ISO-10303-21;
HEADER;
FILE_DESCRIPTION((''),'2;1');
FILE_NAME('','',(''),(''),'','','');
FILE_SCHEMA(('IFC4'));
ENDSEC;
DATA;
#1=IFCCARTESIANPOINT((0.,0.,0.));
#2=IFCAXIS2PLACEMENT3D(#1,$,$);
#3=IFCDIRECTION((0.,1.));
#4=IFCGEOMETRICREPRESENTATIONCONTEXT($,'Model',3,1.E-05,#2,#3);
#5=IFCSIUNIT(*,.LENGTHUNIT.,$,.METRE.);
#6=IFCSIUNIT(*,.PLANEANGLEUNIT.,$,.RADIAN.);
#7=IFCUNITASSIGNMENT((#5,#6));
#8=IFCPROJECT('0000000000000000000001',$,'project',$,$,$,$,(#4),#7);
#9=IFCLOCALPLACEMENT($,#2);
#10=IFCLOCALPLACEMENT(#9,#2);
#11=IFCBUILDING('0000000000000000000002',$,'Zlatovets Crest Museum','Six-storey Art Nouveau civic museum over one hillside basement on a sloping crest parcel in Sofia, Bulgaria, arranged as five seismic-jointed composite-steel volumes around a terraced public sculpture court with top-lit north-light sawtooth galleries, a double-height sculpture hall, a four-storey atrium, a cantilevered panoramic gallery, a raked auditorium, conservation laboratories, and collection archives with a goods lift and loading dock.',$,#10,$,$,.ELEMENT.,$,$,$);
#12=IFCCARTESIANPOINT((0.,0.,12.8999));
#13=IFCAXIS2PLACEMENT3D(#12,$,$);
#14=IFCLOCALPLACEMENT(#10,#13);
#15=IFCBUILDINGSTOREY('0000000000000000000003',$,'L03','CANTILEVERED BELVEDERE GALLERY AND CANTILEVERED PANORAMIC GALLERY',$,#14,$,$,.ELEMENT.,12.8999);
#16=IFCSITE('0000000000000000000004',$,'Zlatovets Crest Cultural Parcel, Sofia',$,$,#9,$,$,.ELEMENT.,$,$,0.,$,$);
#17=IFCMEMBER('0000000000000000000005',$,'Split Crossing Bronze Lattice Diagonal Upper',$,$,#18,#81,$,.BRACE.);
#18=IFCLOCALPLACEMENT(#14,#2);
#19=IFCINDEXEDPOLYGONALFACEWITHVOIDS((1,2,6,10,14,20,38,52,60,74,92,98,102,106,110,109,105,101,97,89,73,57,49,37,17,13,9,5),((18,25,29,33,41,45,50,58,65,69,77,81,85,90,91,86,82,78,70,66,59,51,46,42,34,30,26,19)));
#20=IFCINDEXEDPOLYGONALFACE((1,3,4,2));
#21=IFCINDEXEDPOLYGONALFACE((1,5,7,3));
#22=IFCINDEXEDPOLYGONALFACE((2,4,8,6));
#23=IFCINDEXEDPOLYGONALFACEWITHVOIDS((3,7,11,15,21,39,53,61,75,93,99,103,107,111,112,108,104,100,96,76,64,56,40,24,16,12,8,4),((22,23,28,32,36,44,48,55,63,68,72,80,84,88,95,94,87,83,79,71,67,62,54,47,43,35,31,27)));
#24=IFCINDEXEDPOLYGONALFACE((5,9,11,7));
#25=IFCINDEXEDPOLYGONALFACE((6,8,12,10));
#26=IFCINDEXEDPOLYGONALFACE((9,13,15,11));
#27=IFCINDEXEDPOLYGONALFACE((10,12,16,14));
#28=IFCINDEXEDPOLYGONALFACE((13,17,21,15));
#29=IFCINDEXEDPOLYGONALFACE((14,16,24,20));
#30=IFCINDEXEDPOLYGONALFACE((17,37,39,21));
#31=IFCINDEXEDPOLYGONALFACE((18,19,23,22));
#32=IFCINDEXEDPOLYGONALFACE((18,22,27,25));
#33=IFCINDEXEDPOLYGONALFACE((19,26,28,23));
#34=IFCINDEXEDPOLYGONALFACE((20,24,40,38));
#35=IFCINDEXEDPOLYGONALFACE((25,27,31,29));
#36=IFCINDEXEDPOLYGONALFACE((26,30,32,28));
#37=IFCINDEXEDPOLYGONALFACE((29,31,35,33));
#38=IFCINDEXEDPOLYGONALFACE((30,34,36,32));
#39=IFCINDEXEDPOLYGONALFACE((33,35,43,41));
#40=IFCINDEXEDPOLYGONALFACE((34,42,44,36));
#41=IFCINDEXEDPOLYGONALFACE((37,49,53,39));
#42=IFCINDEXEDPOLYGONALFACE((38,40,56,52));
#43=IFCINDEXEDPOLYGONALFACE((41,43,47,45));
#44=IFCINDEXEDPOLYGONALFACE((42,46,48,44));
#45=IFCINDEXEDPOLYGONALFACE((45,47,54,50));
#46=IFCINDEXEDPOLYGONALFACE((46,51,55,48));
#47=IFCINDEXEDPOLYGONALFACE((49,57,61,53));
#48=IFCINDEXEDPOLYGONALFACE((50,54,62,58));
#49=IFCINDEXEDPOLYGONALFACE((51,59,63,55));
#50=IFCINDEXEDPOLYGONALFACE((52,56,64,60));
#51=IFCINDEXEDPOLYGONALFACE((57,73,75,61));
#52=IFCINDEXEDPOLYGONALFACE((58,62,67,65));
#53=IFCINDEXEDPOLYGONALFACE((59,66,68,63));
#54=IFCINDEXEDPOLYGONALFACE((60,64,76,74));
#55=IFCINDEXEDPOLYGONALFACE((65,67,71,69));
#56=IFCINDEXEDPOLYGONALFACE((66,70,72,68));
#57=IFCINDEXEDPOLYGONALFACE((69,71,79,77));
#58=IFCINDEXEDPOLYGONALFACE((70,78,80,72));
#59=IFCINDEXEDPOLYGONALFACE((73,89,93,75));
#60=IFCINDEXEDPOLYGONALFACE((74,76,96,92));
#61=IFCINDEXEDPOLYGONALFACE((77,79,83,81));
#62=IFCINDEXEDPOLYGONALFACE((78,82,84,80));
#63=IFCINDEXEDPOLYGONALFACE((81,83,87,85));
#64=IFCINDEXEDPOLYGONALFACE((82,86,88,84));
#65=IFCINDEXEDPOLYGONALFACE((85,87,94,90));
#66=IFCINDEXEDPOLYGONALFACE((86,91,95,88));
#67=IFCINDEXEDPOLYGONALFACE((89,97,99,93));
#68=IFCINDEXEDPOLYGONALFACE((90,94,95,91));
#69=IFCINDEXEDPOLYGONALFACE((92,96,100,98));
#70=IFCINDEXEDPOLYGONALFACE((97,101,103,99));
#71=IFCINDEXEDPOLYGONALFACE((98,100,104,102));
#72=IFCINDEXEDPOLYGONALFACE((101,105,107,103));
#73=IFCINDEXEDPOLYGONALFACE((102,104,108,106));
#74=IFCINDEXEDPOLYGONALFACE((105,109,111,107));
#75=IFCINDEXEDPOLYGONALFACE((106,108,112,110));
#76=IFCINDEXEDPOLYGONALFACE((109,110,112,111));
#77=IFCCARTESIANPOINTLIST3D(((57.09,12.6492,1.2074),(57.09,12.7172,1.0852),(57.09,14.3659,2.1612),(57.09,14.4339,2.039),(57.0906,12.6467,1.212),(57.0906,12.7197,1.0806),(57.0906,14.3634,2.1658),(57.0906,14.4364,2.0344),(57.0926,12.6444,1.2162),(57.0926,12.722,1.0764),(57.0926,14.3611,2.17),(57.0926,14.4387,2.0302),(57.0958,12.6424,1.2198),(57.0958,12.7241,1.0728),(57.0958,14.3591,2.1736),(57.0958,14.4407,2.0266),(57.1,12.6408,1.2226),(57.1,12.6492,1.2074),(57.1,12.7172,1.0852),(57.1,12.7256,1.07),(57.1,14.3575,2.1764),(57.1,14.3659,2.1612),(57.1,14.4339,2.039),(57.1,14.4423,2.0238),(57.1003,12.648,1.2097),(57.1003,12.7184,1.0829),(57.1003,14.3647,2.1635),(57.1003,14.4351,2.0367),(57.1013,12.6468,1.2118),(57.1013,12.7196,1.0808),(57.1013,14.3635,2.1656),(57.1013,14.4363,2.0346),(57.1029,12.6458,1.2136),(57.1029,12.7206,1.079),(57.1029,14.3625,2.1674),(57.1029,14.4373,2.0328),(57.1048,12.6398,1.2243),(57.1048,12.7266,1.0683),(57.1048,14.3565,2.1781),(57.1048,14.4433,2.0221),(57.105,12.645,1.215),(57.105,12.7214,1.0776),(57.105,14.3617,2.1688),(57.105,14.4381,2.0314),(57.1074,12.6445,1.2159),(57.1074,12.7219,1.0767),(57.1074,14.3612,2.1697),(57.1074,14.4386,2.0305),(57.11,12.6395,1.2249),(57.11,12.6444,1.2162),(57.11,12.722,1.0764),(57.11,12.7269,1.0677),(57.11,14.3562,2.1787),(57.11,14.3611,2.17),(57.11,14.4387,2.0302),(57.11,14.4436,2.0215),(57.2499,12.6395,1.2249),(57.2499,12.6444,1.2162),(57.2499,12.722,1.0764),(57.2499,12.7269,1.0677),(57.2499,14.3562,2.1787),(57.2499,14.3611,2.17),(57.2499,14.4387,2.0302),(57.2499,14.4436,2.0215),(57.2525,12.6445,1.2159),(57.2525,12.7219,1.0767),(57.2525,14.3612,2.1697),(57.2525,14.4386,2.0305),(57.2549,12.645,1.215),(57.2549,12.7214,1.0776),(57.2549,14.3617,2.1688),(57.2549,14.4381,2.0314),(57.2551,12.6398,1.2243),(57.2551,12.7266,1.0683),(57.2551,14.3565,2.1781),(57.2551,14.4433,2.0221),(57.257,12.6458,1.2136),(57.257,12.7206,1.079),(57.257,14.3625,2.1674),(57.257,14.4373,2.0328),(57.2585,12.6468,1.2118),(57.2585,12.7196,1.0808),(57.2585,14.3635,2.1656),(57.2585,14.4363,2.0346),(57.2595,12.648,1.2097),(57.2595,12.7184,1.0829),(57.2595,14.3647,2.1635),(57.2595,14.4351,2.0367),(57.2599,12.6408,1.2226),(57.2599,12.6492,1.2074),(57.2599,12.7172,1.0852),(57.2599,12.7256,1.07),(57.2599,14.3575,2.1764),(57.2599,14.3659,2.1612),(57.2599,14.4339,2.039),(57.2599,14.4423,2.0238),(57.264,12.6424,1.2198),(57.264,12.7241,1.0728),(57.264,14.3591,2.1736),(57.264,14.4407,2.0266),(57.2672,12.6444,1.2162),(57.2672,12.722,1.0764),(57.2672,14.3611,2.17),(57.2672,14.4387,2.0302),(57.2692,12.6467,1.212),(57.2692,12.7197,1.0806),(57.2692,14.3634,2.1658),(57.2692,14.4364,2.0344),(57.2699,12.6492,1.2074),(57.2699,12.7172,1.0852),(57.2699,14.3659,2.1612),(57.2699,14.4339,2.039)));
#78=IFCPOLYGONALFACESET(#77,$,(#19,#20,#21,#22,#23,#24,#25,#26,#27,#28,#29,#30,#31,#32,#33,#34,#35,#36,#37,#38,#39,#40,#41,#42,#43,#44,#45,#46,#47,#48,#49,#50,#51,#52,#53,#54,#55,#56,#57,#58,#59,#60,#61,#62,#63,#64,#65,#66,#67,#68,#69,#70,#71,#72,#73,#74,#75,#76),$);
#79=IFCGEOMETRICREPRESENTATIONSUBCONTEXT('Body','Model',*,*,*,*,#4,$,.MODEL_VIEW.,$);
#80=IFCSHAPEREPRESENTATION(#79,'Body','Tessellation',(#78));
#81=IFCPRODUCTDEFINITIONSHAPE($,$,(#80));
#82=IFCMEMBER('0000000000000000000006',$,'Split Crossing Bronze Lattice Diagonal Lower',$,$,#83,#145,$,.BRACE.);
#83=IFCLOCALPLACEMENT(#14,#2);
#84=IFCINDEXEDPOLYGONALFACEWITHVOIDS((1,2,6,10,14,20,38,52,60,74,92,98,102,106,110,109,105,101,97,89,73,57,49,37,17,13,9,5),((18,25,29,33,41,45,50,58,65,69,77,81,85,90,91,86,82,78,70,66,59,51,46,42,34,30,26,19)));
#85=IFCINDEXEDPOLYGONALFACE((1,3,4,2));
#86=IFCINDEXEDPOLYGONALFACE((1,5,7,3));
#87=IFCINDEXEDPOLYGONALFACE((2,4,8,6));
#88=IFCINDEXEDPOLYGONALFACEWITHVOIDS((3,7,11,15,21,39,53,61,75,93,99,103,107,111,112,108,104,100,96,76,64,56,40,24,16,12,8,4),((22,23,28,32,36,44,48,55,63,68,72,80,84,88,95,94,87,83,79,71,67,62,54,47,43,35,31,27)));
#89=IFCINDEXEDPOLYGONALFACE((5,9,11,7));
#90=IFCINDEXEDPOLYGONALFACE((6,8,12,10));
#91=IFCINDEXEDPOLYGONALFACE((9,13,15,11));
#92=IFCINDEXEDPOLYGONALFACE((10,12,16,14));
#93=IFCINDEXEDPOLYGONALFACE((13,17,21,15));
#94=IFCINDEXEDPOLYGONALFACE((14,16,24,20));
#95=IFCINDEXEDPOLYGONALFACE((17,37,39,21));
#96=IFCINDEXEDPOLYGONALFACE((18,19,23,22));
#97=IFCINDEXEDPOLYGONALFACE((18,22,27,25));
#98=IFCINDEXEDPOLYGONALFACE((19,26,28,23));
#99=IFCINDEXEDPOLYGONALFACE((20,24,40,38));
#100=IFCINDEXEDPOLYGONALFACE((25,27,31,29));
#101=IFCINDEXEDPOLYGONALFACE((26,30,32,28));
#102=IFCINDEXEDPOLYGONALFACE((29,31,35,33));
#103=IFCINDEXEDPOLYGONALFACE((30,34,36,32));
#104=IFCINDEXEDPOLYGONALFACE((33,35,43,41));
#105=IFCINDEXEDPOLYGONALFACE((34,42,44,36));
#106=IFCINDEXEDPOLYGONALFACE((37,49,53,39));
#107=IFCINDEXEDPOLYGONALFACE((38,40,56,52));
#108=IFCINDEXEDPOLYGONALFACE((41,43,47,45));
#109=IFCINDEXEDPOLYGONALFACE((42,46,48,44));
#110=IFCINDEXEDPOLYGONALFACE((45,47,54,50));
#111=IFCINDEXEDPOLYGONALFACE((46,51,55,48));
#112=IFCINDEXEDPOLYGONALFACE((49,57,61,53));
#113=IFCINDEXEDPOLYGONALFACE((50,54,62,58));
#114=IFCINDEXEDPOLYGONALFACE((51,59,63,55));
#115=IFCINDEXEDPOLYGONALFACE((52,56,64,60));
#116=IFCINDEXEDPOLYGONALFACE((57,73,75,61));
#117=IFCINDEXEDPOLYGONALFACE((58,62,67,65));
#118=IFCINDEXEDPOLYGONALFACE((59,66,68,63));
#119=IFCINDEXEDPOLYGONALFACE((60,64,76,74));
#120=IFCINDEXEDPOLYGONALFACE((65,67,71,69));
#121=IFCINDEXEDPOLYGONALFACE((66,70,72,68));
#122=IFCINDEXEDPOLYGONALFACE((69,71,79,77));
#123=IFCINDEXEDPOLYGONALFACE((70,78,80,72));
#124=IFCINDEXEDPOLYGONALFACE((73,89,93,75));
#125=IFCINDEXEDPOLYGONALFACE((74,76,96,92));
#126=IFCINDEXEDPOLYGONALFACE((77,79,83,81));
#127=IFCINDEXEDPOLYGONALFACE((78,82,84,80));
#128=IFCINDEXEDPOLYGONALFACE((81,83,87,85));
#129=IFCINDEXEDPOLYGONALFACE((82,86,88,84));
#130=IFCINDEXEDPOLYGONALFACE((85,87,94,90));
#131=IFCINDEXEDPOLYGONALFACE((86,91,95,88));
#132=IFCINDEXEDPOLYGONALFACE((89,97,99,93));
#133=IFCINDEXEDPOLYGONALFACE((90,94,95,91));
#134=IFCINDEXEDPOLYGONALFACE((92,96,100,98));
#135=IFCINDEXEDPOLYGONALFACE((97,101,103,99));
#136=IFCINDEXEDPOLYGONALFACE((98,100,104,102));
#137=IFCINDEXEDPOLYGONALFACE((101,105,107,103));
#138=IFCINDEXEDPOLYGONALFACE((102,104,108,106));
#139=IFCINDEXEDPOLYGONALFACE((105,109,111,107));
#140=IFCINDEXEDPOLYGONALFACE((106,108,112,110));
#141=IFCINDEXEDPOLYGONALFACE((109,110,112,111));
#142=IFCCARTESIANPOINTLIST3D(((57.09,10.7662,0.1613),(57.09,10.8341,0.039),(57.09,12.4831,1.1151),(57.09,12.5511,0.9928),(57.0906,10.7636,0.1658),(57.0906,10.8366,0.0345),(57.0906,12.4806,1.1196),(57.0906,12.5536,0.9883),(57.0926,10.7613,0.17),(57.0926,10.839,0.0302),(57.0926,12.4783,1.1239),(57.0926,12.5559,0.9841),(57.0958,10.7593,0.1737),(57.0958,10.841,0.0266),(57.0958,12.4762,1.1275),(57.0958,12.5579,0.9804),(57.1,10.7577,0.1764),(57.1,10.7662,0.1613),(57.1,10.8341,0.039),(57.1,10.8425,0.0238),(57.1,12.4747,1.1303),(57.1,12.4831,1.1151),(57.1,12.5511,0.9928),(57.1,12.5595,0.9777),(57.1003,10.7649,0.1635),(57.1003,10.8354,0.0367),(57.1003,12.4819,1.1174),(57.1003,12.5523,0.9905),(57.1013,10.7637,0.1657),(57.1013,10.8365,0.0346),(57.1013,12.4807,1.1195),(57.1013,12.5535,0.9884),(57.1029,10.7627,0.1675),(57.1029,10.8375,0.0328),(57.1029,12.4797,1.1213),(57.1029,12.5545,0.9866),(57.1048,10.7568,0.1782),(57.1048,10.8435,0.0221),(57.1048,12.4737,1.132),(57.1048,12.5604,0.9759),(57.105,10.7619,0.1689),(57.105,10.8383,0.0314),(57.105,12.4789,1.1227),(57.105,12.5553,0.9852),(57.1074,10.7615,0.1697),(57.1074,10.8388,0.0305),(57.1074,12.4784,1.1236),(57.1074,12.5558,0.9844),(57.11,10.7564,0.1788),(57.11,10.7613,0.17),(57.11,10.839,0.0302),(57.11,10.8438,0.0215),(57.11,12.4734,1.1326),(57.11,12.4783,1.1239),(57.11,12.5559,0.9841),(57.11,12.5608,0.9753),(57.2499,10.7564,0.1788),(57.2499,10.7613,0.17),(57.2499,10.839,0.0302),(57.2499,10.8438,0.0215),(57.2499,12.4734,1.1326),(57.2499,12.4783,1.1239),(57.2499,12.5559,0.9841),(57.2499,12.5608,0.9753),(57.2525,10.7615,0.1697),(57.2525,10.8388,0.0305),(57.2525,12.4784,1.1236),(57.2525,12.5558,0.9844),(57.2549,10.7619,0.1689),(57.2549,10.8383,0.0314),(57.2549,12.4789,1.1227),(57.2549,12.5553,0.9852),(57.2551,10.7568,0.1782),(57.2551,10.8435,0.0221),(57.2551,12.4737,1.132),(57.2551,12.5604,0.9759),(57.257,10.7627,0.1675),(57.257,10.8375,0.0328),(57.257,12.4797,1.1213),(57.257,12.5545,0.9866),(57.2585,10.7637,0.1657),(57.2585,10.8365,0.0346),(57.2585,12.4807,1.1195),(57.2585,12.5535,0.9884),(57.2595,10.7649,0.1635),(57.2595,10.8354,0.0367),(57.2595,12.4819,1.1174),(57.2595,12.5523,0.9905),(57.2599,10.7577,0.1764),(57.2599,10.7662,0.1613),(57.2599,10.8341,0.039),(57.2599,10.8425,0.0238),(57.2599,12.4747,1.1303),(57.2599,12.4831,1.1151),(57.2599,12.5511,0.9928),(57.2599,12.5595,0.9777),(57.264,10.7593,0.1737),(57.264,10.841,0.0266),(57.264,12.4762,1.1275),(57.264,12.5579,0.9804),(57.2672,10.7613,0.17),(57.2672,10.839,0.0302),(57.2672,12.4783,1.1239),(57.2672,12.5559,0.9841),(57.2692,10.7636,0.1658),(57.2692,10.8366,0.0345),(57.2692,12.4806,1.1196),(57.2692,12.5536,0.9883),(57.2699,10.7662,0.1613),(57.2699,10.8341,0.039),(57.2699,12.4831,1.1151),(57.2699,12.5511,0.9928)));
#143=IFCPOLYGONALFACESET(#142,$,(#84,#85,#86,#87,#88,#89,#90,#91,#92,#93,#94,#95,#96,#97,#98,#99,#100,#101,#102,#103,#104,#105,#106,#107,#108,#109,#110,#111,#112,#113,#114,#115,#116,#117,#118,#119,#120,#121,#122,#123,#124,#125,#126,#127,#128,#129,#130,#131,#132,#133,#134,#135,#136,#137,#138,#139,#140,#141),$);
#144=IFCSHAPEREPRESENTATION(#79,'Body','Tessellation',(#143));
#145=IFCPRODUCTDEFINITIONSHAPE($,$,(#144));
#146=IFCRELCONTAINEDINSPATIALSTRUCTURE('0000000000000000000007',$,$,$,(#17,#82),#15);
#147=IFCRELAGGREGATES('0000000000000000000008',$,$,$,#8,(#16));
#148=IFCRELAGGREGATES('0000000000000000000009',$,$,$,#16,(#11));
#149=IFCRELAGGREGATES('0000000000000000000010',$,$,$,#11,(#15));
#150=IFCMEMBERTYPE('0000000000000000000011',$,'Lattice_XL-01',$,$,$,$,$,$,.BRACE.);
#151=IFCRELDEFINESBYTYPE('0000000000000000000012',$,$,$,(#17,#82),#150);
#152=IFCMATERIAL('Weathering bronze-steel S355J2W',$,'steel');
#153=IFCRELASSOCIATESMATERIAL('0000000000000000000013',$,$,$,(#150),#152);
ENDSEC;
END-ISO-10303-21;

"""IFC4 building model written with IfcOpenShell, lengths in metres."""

from ifc_helpers import new_model, si_unit, direction, frame, origin, origin_2d, place, context, subcontext, project, spatial, hollow_rectangle, extrude, material, material_profile, profile_set, type_object, element, save


model = new_model("IFC4")

# Units and contexts
model_context = context("Model", 3, precision=1e-05, world=origin(), true_north=direction((0.0, 1.0)))
body_context = subcontext(model_context, "Body", "Model", "MODEL_VIEW")
ifc_project = project(units=[si_unit("LENGTHUNIT", "METRE"), si_unit("PLANEANGLEUNIT", "RADIAN")], contexts=[model_context])

# Site, building, storey
site_placement = place(None, origin())
site = spatial("IfcSite", under=ifc_project, at=site_placement, Name="Zlatovets Crest Cultural Parcel, Sofia", CompositionType="ELEMENT", RefElevation=0.0)
building_placement = place(site_placement, origin())
building = spatial("IfcBuilding", under=site, at=building_placement, Name="Zlatovets Crest Museum", Description="Six-storey Art Nouveau civic museum over one hillside basement on a sloping crest parcel in Sofia, Bulgaria, arranged as five seismic-jointed composite-steel volumes around a terraced public sculpture court with top-lit north-light sawtooth galleries, a double-height sculpture hall, a four-storey atrium, a cantilevered panoramic gallery, a raked auditorium, conservation laboratories, and collection archives with a goods lift and loading dock.", CompositionType="ELEMENT")
storey_placement = place(building_placement, frame((0.0, 0.0, 12.8999)))
storey = spatial("IfcBuildingStorey", under=building, at=storey_placement, Name="L03", Description="CANTILEVERED BELVEDERE GALLERY AND CANTILEVERED PANORAMIC GALLERY", CompositionType="ELEMENT", Elevation=12.8999)

# Members
ifc_material_1 = material(Name="Weathering bronze-steel S355J2W", Category="steel")
ifc_material_profile_1 = material_profile(ifc_material_1, hollow_rectangle(XDim=0.1799, YDim=0.1799, WallThickness=0.01, InnerFilletRadius=0.01, OuterFilletRadius=0.02, at=origin_2d()), Name="SHS 180x180x10.0")
ifc_profile_set_1 = profile_set([ifc_material_profile_1], Name="Weathering bronze-steel S355J2W")
member_type_1 = type_object("IfcMemberType", Name="Lattice_XL-01", PredefinedType="BRACE", material=ifc_profile_set_1)
member_1_placement = place(storey_placement, frame((57.1799, 14.3999, 2.1001), z_axis=(0.0, -0.87414, -0.485675), x_axis=(1.0, 0.0, 0.0)))
element("IfcMember", 1, at=member_1_placement, inside=storey, type_object=member_type_1, Name="Split Crossing Bronze Lattice Diagonal Upper", PredefinedType="BRACE", context=body_context, shape_type="SweptSolid", body=[
    extrude(hollow_rectangle(XDim=0.1799, YDim=0.1799, WallThickness=0.01, InnerFilletRadius=0.01, OuterFilletRadius=0.02, at=origin_2d()), origin(), (0.0, 0.0, 1.0), 1.9639),
])
member_2_placement = place(storey_placement, frame((57.1799, 12.5171, 1.054), z_axis=(0.0, -0.874169, -0.485622), x_axis=(1.0, 0.0, 0.0)))
element("IfcMember", 2, at=member_2_placement, inside=storey, type_object=member_type_1, Name="Split Crossing Bronze Lattice Diagonal Lower", PredefinedType="BRACE", context=body_context, shape_type="SweptSolid", body=[
    extrude(hollow_rectangle(XDim=0.1799, YDim=0.1799, WallThickness=0.01, InnerFilletRadius=0.01, OuterFilletRadius=0.02, at=origin_2d()), origin(), (0.0, 0.0, 1.0), 1.9641),
])

save(model, "model.ifc")
